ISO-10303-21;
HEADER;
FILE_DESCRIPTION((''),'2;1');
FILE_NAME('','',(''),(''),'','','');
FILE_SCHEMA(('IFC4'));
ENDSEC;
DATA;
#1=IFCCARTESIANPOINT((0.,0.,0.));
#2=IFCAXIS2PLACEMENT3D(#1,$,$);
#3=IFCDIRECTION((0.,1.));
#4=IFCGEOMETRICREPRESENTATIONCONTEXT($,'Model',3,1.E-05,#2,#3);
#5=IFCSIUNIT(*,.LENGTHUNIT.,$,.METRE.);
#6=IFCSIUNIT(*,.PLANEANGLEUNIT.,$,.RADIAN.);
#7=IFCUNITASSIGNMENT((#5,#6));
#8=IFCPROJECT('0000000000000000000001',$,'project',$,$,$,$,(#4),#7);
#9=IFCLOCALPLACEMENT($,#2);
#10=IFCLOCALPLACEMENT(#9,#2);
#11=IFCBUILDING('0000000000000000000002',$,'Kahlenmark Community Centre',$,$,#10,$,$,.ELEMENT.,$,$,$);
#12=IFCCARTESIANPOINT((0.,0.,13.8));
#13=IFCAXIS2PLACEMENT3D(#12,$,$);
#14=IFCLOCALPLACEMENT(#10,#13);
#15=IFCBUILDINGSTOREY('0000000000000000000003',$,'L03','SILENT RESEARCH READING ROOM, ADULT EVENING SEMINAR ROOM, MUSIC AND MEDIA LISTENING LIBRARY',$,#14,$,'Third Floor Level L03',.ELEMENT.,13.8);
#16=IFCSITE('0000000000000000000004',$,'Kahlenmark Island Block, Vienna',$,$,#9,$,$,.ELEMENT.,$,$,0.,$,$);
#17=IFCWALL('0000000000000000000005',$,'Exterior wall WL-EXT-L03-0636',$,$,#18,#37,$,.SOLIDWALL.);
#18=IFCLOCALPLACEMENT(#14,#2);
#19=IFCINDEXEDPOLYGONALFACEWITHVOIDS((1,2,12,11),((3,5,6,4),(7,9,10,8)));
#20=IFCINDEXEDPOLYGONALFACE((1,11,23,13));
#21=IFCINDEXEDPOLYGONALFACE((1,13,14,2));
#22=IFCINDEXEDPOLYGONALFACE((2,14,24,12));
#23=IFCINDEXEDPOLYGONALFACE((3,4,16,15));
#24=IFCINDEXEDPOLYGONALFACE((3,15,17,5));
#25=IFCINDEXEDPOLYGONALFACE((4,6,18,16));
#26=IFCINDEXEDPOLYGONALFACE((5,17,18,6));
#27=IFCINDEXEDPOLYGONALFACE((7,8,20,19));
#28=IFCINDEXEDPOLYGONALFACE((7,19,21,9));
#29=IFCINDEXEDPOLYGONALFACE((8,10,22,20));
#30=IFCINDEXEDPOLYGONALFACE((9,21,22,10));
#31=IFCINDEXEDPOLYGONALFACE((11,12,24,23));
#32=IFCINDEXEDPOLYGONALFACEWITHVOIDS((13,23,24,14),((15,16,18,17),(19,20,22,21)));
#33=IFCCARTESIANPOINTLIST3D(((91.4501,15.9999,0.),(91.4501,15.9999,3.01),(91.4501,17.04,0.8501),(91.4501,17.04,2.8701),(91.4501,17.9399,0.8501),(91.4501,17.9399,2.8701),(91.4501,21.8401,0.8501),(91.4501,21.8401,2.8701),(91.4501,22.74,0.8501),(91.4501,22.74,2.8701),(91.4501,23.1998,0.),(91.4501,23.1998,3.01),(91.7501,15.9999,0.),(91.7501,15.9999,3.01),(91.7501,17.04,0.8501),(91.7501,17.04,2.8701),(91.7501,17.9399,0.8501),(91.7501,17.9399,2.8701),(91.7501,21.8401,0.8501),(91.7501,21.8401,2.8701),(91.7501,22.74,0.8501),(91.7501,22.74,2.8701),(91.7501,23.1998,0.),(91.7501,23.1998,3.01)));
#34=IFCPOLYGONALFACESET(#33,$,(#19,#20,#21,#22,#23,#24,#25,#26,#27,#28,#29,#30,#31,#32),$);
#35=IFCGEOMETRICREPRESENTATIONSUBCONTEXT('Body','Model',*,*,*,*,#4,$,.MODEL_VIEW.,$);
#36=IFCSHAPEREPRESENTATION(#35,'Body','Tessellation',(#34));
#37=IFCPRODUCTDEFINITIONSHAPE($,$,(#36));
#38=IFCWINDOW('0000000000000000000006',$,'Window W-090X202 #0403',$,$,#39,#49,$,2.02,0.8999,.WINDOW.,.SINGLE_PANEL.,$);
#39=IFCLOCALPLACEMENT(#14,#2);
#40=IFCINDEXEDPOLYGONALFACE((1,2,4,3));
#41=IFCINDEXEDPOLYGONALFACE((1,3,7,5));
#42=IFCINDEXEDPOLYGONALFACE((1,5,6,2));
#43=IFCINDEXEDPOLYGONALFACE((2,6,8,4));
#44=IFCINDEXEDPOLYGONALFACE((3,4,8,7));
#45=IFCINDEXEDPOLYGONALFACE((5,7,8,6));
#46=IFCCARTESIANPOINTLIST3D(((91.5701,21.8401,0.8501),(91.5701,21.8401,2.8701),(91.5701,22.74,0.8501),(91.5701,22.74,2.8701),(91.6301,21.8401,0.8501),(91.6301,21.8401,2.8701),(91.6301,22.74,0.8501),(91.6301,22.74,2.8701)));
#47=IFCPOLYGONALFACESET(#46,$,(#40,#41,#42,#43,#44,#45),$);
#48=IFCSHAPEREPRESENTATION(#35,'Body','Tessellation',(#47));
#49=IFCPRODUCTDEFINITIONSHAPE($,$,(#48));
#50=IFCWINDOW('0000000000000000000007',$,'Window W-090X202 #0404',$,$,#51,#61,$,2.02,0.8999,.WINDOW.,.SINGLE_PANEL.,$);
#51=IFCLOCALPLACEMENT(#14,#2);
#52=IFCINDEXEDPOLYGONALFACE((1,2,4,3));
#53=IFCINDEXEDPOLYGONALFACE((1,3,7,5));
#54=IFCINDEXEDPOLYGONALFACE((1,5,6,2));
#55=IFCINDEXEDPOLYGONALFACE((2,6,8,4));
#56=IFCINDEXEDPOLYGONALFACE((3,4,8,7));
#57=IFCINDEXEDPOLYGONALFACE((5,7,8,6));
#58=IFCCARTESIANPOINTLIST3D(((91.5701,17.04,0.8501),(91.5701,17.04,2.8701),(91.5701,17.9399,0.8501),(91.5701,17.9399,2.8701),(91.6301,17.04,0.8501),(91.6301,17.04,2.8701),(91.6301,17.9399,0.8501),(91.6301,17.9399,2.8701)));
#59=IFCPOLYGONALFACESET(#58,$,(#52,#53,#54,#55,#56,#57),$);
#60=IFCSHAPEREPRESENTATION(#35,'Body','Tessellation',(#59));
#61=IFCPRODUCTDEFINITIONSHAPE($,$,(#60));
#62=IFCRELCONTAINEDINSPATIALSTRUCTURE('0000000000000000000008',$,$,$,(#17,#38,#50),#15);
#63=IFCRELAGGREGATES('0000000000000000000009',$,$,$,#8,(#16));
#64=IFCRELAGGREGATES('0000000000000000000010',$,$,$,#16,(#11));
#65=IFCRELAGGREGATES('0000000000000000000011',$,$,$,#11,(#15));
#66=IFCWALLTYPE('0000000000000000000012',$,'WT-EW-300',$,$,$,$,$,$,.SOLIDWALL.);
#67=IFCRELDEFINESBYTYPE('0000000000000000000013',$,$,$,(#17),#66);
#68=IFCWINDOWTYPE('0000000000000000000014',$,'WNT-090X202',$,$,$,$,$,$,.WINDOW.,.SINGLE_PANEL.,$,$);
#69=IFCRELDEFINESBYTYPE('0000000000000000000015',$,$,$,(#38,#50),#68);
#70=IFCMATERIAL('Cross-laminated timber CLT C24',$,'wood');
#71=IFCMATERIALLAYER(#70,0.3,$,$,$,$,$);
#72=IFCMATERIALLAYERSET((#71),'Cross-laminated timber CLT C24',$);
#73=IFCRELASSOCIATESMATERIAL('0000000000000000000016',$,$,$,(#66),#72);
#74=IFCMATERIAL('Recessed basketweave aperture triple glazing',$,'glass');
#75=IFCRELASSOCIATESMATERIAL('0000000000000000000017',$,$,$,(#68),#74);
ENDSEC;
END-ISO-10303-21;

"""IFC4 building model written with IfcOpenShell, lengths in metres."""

from ifc_helpers import new_model, si_unit, direction, frame, frame_2d, origin, place, context, subcontext, project, spatial, rectangle, extrude, material, layer, layer_set, type_object, element, fill, save


model = new_model("IFC4")

# Units and contexts
model_context = context("Model", 3, precision=1e-05, world=origin(), true_north=direction((0.0, 1.0)))
body_context = subcontext(model_context, "Body", "Model", "MODEL_VIEW")
ifc_project = project(units=[si_unit("LENGTHUNIT", "METRE"), si_unit("PLANEANGLEUNIT", "RADIAN")], contexts=[model_context])

# Site, building, storey
site_placement = place(None, origin())
site = spatial("IfcSite", under=ifc_project, at=site_placement, Name="Kahlenmark Island Block, Vienna", CompositionType="ELEMENT", RefElevation=0.0)
building_placement = place(site_placement, origin())
building = spatial("IfcBuilding", under=site, at=building_placement, Name="Kahlenmark Community Centre", CompositionType="ELEMENT")
storey_placement = place(building_placement, frame((0.0, 0.0, 13.8)))
storey = spatial("IfcBuildingStorey", under=building, at=storey_placement, Name="L03", Description="SILENT RESEARCH READING ROOM, ADULT EVENING SEMINAR ROOM, MUSIC AND MEDIA LISTENING LIBRARY", LongName="Third Floor Level L03", CompositionType="ELEMENT", Elevation=13.8)

# Shared definitions
ifc_material_1 = material(Name="Cross-laminated timber CLT C24", Category="wood")
ifc_layer_1 = layer(ifc_material_1, 0.3)
ifc_layer_set_1 = layer_set([ifc_layer_1], Name="Cross-laminated timber CLT C24")
wall_type_1 = type_object("IfcWallType", Name="WT-EW-300", PredefinedType="SOLIDWALL", material=ifc_layer_set_1)

# Wall, openings, windows
wall_1_placement = place(storey_placement, frame((91.6001, 23.2, 0.0), z_axis=(0.0, 0.0, 1.0), x_axis=(0.0, -1.0, 0.0)))
wall_1 = element("IfcWall", 1, at=wall_1_placement, inside=storey, type_object=wall_type_1, Name="Exterior wall WL-EXT-L03-0636", PredefinedType="SOLIDWALL", context=body_context, shape_type="SweptSolid", body=[
    extrude(rectangle(XDim=7.2, YDim=0.3, at=frame_2d((3.6001, 0.0))), origin(), (0.0, 0.0, 1.0), 3.01),
])
opening_1_placement = place(wall_1_placement, frame((0.46, 0.0, 0.8501)))
opening_1 = element("IfcOpeningElement", 2, at=opening_1_placement, cuts=wall_1, PredefinedType="OPENING", context=body_context, shape_type="SweptSolid", body=[
    extrude(rectangle(XDim=0.8999, YDim=2.02, at=frame_2d((0.45, 1.01))), frame((0.0, 0.1599, 0.0), z_axis=(0.0, -1.0, 0.0), x_axis=(1.0, 0.0, 0.0)), (0.0, 0.0, 1.0), 0.3201),
])
opening_2_placement = place(wall_1_placement, frame((5.26, 0.0, 0.8501)))
opening_2 = element("IfcOpeningElement", 3, at=opening_2_placement, cuts=wall_1, PredefinedType="OPENING", context=body_context, shape_type="SweptSolid", body=[
    extrude(rectangle(XDim=0.8999, YDim=2.02, at=frame_2d((0.45, 1.01))), frame((0.0, 0.1599, 0.0), z_axis=(0.0, -1.0, 0.0), x_axis=(1.0, 0.0, 0.0)), (0.0, 0.0, 1.0), 0.3201),
])
ifc_material_2 = material(Name="Recessed basketweave aperture triple glazing", Category="glass")
window_type = type_object("IfcWindowType", Name="WNT-090X202", PartitioningType="SINGLE_PANEL", PredefinedType="WINDOW", material=ifc_material_2)
window_1_placement = place(opening_1_placement, origin())
window_1 = element("IfcWindow", 4, at=window_1_placement, inside=storey, type_object=window_type, Name="Window W-090X202 #0403", OverallHeight=2.02, OverallWidth=0.8999, PartitioningType="SINGLE_PANEL", PredefinedType="WINDOW", context=body_context, shape_type="SweptSolid", body=[
    extrude(rectangle(XDim=0.8999, YDim=2.02, at=frame_2d((0.45, 1.01))), frame((0.0, 0.03, 0.0), z_axis=(0.0, -1.0, 0.0), x_axis=(1.0, 0.0, 0.0)), (0.0, 0.0, 1.0), 0.0601),
])
fill(opening_1, window_1)
window_2_placement = place(opening_2_placement, origin())
window_2 = element("IfcWindow", 5, at=window_2_placement, inside=storey, type_object=window_type, Name="Window W-090X202 #0404", OverallHeight=2.02, OverallWidth=0.8999, PartitioningType="SINGLE_PANEL", PredefinedType="WINDOW", context=body_context, shape_type="SweptSolid", body=[
    extrude(rectangle(XDim=0.8999, YDim=2.02, at=frame_2d((0.45, 1.01))), frame((0.0, 0.03, 0.0), z_axis=(0.0, -1.0, 0.0), x_axis=(1.0, 0.0, 0.0)), (0.0, 0.0, 1.0), 0.0601),
])
fill(opening_2, window_2)

save(model, "model.ifc")
